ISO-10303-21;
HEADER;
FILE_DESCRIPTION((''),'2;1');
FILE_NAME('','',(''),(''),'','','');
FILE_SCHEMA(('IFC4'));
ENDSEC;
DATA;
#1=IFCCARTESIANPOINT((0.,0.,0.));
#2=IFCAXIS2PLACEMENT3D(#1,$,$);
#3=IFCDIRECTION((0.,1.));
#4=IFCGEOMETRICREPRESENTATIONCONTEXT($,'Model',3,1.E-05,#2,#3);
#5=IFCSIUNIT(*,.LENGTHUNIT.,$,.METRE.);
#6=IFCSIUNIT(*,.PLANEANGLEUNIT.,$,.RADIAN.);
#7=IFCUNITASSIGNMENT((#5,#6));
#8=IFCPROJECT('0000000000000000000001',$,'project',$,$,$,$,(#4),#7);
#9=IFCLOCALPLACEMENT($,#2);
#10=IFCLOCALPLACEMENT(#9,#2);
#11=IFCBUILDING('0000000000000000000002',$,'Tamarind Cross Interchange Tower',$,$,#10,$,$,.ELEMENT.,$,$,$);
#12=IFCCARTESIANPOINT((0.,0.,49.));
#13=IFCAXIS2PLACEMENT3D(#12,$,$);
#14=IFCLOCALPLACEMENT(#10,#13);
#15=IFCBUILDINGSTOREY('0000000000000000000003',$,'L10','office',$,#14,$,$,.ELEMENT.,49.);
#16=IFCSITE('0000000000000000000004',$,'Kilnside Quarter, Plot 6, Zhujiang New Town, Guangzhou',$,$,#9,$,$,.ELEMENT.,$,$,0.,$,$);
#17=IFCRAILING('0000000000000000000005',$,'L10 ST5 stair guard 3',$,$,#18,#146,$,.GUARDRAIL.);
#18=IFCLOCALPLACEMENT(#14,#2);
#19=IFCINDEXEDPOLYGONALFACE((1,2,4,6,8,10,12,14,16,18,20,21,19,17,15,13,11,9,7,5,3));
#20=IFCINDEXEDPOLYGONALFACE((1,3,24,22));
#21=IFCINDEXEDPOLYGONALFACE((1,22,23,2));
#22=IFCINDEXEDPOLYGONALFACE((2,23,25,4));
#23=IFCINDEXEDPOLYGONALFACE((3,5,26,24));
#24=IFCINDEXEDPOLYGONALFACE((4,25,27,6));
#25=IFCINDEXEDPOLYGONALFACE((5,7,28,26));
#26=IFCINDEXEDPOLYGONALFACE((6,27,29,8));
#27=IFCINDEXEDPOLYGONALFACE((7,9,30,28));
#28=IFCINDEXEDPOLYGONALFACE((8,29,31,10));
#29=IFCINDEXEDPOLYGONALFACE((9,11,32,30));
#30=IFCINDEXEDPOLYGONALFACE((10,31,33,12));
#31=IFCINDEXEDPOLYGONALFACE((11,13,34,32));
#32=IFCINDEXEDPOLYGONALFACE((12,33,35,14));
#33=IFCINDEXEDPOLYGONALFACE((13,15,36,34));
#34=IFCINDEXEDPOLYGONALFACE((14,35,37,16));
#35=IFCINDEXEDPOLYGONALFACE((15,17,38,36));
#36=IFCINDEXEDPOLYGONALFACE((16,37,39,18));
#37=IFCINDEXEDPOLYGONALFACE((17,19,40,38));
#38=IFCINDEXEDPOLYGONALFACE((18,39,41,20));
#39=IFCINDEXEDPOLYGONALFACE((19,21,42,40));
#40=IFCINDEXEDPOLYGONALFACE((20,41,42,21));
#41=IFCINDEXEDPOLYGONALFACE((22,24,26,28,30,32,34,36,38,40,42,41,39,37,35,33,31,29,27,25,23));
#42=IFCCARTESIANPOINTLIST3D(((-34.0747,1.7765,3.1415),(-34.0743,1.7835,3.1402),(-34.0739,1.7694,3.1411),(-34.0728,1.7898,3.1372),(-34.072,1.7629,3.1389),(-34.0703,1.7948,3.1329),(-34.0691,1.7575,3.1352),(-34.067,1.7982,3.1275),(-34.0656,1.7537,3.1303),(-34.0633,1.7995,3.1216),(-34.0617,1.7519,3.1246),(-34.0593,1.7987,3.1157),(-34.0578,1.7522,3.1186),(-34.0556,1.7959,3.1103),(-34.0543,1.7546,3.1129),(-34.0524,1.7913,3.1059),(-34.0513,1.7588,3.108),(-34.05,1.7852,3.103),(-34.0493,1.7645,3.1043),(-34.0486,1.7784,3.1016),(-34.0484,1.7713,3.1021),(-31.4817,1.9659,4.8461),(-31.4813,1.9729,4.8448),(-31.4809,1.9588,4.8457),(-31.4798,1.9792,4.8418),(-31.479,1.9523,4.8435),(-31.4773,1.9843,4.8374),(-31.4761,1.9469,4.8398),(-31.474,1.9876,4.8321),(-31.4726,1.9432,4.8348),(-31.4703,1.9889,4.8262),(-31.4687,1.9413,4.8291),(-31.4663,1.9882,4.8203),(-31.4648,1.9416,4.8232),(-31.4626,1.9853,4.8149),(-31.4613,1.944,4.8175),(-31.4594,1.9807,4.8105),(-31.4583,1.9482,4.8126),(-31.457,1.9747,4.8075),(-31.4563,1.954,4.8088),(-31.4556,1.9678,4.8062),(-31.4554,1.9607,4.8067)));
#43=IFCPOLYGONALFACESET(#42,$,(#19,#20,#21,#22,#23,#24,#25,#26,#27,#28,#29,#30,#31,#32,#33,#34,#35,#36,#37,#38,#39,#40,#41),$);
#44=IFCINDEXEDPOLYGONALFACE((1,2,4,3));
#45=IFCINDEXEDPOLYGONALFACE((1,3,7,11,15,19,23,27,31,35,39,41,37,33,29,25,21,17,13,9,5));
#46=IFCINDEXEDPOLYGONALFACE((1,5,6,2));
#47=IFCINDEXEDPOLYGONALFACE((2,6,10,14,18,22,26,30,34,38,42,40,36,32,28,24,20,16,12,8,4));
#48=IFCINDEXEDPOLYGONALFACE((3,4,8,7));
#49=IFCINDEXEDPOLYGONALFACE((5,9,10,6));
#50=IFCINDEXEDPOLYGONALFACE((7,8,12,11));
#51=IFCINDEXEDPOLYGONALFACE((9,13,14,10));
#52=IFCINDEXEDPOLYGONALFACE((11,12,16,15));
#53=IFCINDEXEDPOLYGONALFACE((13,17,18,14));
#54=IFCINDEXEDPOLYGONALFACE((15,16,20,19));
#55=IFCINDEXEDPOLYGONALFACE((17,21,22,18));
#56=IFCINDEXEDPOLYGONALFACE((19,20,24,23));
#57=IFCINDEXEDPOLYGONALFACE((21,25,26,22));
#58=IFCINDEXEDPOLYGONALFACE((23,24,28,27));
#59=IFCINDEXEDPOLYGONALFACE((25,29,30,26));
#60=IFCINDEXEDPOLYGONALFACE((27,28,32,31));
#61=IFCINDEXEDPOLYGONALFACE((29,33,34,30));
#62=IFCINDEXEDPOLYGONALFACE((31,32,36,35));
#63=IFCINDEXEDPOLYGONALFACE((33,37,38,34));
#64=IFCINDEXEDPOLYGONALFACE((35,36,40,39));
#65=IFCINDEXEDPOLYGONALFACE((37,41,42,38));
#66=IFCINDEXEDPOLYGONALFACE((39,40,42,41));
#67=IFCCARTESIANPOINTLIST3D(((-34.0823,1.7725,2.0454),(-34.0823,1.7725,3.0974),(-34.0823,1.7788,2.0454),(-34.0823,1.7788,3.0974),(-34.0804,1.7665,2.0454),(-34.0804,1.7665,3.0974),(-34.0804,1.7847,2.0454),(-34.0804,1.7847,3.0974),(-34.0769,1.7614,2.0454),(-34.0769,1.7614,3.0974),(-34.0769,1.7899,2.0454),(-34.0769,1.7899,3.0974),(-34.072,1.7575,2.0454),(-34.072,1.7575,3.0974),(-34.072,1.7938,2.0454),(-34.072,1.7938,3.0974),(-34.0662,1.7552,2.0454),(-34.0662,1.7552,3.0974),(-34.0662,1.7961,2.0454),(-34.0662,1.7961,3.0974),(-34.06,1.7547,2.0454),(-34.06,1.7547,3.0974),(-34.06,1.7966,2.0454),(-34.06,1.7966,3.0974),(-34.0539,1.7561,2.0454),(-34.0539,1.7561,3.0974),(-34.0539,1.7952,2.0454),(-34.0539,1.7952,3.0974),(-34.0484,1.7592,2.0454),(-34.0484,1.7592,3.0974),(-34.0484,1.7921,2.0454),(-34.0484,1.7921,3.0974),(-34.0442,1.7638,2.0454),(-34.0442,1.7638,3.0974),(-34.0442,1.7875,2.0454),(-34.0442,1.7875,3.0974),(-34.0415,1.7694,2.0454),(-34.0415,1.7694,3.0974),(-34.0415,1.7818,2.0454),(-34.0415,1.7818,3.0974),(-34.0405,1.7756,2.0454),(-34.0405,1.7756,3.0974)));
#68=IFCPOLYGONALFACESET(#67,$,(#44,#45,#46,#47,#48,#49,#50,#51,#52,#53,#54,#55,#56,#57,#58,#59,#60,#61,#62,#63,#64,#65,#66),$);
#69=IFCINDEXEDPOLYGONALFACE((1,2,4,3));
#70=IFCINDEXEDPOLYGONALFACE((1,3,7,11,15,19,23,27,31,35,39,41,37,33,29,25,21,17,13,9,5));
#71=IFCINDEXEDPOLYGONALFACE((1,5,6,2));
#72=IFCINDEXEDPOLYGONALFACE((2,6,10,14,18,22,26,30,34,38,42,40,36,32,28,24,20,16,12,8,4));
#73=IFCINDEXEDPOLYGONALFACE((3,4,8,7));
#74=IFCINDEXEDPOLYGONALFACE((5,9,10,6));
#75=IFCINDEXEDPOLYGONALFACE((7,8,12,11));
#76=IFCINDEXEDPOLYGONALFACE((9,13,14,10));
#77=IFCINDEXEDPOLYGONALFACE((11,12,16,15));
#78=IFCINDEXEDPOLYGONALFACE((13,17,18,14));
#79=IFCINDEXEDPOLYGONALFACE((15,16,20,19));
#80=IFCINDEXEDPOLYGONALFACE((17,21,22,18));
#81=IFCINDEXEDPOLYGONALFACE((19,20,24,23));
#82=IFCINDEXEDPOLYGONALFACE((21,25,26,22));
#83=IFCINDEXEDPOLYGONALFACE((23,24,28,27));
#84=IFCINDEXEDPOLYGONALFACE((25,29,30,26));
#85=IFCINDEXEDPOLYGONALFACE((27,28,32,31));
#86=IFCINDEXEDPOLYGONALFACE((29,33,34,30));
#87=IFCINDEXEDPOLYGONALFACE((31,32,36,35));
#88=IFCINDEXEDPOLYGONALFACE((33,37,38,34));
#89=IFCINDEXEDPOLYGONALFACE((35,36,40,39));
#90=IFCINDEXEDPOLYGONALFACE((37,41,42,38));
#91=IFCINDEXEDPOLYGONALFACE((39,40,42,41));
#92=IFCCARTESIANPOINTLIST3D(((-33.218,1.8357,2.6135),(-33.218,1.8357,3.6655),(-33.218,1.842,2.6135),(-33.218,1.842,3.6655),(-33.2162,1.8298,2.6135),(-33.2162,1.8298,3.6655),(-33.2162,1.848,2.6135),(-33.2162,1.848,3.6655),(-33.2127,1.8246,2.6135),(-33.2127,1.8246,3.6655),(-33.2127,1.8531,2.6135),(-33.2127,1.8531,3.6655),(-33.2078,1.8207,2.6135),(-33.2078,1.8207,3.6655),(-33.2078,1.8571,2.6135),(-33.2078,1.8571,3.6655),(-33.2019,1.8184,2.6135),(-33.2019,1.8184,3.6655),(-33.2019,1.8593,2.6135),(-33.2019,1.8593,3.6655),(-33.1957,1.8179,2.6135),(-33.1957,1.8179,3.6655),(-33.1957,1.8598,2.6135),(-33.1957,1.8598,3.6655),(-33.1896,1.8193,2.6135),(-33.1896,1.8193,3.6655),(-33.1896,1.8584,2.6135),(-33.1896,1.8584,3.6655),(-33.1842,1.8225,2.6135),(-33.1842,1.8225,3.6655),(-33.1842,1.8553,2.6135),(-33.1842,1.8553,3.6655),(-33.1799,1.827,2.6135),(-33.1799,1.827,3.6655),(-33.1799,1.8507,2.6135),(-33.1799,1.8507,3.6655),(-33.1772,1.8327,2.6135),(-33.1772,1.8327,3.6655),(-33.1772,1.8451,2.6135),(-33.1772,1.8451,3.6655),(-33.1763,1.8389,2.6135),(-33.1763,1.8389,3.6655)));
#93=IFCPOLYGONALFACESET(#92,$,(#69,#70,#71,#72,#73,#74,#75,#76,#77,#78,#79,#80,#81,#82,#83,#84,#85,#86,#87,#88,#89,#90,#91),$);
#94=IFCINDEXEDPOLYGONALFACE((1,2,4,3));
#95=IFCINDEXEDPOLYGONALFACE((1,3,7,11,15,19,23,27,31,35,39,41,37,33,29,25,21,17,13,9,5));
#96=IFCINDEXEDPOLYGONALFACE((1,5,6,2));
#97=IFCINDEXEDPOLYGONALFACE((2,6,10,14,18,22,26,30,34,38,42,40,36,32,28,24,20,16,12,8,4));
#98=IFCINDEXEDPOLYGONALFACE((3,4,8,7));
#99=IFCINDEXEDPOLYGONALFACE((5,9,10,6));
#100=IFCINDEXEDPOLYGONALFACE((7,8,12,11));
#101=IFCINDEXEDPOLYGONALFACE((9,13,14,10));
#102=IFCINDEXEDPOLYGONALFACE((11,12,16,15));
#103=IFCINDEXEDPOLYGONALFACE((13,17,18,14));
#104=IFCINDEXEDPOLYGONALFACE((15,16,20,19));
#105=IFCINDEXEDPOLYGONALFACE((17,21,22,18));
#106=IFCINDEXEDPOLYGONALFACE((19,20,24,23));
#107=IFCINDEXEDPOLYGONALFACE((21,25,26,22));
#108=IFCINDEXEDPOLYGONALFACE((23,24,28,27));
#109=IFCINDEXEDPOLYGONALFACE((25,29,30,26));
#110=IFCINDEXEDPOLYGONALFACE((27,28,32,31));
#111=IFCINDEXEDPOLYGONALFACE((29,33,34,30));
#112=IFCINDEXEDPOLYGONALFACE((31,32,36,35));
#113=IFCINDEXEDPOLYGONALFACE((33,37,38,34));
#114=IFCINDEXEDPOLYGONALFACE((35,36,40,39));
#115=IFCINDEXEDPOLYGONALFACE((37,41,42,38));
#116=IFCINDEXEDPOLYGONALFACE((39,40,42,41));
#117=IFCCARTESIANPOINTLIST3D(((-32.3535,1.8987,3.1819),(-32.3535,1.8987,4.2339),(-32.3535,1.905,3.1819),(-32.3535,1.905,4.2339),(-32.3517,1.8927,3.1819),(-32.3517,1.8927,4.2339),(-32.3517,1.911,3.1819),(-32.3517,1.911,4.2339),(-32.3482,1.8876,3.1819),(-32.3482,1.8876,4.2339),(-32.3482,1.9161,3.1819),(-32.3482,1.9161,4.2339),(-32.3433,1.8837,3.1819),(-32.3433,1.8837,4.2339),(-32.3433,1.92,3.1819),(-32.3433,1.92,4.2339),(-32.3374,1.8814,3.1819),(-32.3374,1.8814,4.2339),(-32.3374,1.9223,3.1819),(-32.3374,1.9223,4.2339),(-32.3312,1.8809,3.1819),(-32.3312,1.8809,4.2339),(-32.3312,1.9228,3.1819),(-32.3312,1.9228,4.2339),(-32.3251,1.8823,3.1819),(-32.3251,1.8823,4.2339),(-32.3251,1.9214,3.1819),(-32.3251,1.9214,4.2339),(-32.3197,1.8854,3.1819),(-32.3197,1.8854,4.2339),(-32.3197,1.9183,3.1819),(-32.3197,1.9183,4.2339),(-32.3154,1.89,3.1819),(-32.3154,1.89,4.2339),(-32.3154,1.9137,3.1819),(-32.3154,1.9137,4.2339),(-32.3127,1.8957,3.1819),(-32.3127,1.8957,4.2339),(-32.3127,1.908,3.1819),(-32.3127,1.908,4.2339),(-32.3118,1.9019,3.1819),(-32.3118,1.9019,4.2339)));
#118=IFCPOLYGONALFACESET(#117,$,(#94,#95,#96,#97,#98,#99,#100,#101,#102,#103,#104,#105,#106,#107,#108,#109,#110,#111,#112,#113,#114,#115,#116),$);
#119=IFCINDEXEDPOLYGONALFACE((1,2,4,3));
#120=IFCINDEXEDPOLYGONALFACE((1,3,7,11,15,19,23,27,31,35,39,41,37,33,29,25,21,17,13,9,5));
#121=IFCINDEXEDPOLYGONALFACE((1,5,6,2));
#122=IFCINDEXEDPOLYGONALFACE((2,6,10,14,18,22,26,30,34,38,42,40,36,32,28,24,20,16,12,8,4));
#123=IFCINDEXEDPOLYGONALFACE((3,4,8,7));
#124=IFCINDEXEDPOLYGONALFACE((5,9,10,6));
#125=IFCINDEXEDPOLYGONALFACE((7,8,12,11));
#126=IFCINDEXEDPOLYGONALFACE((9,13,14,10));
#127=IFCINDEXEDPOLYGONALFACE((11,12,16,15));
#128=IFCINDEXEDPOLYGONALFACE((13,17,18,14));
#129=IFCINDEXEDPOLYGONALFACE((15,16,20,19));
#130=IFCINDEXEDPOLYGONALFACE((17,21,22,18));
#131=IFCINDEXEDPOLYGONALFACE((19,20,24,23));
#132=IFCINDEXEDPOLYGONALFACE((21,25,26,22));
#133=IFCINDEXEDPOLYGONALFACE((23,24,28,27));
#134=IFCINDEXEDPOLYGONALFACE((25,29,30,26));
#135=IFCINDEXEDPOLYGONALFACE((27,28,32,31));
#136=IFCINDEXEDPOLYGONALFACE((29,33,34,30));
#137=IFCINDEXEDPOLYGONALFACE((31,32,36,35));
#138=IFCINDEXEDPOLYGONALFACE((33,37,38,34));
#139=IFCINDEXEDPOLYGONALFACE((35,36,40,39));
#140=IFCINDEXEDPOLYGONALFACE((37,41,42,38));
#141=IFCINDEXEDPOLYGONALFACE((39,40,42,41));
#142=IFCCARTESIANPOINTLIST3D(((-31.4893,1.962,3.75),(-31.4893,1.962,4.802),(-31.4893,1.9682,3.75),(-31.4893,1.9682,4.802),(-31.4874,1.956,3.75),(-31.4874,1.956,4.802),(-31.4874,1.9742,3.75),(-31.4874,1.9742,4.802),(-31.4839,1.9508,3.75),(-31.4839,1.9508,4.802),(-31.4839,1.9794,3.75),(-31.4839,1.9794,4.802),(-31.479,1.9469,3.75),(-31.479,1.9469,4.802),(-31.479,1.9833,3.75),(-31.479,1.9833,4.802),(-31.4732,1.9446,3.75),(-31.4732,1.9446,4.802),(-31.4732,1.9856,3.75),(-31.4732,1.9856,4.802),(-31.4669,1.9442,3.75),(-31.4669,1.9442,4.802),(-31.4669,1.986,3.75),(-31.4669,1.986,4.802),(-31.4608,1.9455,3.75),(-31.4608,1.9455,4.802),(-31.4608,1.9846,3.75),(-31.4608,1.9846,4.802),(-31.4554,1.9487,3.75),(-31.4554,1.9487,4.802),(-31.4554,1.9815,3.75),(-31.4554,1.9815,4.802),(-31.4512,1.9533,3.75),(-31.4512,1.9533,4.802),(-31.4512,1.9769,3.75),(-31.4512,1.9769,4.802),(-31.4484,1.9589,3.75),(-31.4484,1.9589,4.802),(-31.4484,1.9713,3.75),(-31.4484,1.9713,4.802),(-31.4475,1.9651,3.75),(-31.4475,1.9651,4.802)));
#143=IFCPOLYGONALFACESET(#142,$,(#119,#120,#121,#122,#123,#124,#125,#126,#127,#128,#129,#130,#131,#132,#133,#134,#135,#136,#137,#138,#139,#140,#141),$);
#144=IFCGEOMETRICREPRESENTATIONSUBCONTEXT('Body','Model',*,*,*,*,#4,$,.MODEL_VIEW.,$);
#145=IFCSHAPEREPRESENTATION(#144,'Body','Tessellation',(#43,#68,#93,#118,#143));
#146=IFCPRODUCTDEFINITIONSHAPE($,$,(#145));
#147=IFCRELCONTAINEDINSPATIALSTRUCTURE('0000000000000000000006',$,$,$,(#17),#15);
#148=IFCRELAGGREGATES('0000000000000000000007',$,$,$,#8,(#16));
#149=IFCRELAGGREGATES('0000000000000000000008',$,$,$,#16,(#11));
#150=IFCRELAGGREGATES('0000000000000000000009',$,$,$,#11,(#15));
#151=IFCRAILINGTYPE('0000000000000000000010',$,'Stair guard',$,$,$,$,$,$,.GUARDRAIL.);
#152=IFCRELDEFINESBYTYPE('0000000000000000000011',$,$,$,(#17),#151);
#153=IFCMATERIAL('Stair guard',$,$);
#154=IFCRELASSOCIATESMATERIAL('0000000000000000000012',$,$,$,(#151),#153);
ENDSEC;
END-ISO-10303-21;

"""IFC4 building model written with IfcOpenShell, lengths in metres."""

from ifc_helpers import new_model, si_unit, direction, frame, origin, origin_2d, place, context, subcontext, project, spatial, circle, extrude, material, type_object, element, save


model = new_model("IFC4")

# Units and contexts
model_context = context("Model", 3, precision=1e-05, world=origin(), true_north=direction((0.0, 1.0)))
body_context = subcontext(model_context, "Body", "Model", "MODEL_VIEW")
ifc_project = project(units=[si_unit("LENGTHUNIT", "METRE"), si_unit("PLANEANGLEUNIT", "RADIAN")], contexts=[model_context])

# Site, building, storey
site_placement = place(None, origin())
site = spatial("IfcSite", under=ifc_project, at=site_placement, Name="Kilnside Quarter, Plot 6, Zhujiang New Town, Guangzhou", CompositionType="ELEMENT", RefElevation=0.0)
building_placement = place(site_placement, origin())
building = spatial("IfcBuilding", under=site, at=building_placement, Name="Tamarind Cross Interchange Tower", CompositionType="ELEMENT")
storey_placement = place(building_placement, frame((0.0, 0.0, 49.0)))
storey = spatial("IfcBuildingStorey", under=building, at=storey_placement, Name="L10", Description="office", CompositionType="ELEMENT", Elevation=49.0)

# Railing
ifc_material_1 = material(Name="Stair guard")
railing_type_1 = type_object("IfcRailingType", Name="Stair guard", PredefinedType="GUARDRAIL", material=ifc_material_1)
railing_1_placement = place(storey_placement, frame((-34.0615, 1.7756, 2.0454)))
element("IfcRailing", 1, at=railing_1_placement, inside=storey, type_object=railing_type_1, Name="L10 ST5 stair guard 3", PredefinedType="GUARDRAIL", context=body_context, shape_type="SweptSolid", body=[
    extrude(circle(Radius=0.0239, at=origin_2d()), frame((0.0, 0.0, 1.0762), z_axis=(0.834063, 0.060939, 0.548294), x_axis=(-0.072869, 0.997342, 0.0)), (0.0, 0.0, 1.0), 3.1089),
    extrude(circle(Radius=0.021, at=origin_2d()), origin(), (0.0, 0.0, 1.0), 1.052),
    extrude(circle(Radius=0.021, at=origin_2d()), frame((0.8643, 0.0632, 0.5681)), (0.0, 0.0, 1.0), 1.052),
    extrude(circle(Radius=0.021, at=origin_2d()), frame((1.7288, 0.1262, 1.1365)), (0.0, 0.0, 1.0), 1.052),
    extrude(circle(Radius=0.021, at=origin_2d()), frame((2.593, 0.1895, 1.7046)), (0.0, 0.0, 1.0), 1.052),
])

save(model, "model.ifc")
